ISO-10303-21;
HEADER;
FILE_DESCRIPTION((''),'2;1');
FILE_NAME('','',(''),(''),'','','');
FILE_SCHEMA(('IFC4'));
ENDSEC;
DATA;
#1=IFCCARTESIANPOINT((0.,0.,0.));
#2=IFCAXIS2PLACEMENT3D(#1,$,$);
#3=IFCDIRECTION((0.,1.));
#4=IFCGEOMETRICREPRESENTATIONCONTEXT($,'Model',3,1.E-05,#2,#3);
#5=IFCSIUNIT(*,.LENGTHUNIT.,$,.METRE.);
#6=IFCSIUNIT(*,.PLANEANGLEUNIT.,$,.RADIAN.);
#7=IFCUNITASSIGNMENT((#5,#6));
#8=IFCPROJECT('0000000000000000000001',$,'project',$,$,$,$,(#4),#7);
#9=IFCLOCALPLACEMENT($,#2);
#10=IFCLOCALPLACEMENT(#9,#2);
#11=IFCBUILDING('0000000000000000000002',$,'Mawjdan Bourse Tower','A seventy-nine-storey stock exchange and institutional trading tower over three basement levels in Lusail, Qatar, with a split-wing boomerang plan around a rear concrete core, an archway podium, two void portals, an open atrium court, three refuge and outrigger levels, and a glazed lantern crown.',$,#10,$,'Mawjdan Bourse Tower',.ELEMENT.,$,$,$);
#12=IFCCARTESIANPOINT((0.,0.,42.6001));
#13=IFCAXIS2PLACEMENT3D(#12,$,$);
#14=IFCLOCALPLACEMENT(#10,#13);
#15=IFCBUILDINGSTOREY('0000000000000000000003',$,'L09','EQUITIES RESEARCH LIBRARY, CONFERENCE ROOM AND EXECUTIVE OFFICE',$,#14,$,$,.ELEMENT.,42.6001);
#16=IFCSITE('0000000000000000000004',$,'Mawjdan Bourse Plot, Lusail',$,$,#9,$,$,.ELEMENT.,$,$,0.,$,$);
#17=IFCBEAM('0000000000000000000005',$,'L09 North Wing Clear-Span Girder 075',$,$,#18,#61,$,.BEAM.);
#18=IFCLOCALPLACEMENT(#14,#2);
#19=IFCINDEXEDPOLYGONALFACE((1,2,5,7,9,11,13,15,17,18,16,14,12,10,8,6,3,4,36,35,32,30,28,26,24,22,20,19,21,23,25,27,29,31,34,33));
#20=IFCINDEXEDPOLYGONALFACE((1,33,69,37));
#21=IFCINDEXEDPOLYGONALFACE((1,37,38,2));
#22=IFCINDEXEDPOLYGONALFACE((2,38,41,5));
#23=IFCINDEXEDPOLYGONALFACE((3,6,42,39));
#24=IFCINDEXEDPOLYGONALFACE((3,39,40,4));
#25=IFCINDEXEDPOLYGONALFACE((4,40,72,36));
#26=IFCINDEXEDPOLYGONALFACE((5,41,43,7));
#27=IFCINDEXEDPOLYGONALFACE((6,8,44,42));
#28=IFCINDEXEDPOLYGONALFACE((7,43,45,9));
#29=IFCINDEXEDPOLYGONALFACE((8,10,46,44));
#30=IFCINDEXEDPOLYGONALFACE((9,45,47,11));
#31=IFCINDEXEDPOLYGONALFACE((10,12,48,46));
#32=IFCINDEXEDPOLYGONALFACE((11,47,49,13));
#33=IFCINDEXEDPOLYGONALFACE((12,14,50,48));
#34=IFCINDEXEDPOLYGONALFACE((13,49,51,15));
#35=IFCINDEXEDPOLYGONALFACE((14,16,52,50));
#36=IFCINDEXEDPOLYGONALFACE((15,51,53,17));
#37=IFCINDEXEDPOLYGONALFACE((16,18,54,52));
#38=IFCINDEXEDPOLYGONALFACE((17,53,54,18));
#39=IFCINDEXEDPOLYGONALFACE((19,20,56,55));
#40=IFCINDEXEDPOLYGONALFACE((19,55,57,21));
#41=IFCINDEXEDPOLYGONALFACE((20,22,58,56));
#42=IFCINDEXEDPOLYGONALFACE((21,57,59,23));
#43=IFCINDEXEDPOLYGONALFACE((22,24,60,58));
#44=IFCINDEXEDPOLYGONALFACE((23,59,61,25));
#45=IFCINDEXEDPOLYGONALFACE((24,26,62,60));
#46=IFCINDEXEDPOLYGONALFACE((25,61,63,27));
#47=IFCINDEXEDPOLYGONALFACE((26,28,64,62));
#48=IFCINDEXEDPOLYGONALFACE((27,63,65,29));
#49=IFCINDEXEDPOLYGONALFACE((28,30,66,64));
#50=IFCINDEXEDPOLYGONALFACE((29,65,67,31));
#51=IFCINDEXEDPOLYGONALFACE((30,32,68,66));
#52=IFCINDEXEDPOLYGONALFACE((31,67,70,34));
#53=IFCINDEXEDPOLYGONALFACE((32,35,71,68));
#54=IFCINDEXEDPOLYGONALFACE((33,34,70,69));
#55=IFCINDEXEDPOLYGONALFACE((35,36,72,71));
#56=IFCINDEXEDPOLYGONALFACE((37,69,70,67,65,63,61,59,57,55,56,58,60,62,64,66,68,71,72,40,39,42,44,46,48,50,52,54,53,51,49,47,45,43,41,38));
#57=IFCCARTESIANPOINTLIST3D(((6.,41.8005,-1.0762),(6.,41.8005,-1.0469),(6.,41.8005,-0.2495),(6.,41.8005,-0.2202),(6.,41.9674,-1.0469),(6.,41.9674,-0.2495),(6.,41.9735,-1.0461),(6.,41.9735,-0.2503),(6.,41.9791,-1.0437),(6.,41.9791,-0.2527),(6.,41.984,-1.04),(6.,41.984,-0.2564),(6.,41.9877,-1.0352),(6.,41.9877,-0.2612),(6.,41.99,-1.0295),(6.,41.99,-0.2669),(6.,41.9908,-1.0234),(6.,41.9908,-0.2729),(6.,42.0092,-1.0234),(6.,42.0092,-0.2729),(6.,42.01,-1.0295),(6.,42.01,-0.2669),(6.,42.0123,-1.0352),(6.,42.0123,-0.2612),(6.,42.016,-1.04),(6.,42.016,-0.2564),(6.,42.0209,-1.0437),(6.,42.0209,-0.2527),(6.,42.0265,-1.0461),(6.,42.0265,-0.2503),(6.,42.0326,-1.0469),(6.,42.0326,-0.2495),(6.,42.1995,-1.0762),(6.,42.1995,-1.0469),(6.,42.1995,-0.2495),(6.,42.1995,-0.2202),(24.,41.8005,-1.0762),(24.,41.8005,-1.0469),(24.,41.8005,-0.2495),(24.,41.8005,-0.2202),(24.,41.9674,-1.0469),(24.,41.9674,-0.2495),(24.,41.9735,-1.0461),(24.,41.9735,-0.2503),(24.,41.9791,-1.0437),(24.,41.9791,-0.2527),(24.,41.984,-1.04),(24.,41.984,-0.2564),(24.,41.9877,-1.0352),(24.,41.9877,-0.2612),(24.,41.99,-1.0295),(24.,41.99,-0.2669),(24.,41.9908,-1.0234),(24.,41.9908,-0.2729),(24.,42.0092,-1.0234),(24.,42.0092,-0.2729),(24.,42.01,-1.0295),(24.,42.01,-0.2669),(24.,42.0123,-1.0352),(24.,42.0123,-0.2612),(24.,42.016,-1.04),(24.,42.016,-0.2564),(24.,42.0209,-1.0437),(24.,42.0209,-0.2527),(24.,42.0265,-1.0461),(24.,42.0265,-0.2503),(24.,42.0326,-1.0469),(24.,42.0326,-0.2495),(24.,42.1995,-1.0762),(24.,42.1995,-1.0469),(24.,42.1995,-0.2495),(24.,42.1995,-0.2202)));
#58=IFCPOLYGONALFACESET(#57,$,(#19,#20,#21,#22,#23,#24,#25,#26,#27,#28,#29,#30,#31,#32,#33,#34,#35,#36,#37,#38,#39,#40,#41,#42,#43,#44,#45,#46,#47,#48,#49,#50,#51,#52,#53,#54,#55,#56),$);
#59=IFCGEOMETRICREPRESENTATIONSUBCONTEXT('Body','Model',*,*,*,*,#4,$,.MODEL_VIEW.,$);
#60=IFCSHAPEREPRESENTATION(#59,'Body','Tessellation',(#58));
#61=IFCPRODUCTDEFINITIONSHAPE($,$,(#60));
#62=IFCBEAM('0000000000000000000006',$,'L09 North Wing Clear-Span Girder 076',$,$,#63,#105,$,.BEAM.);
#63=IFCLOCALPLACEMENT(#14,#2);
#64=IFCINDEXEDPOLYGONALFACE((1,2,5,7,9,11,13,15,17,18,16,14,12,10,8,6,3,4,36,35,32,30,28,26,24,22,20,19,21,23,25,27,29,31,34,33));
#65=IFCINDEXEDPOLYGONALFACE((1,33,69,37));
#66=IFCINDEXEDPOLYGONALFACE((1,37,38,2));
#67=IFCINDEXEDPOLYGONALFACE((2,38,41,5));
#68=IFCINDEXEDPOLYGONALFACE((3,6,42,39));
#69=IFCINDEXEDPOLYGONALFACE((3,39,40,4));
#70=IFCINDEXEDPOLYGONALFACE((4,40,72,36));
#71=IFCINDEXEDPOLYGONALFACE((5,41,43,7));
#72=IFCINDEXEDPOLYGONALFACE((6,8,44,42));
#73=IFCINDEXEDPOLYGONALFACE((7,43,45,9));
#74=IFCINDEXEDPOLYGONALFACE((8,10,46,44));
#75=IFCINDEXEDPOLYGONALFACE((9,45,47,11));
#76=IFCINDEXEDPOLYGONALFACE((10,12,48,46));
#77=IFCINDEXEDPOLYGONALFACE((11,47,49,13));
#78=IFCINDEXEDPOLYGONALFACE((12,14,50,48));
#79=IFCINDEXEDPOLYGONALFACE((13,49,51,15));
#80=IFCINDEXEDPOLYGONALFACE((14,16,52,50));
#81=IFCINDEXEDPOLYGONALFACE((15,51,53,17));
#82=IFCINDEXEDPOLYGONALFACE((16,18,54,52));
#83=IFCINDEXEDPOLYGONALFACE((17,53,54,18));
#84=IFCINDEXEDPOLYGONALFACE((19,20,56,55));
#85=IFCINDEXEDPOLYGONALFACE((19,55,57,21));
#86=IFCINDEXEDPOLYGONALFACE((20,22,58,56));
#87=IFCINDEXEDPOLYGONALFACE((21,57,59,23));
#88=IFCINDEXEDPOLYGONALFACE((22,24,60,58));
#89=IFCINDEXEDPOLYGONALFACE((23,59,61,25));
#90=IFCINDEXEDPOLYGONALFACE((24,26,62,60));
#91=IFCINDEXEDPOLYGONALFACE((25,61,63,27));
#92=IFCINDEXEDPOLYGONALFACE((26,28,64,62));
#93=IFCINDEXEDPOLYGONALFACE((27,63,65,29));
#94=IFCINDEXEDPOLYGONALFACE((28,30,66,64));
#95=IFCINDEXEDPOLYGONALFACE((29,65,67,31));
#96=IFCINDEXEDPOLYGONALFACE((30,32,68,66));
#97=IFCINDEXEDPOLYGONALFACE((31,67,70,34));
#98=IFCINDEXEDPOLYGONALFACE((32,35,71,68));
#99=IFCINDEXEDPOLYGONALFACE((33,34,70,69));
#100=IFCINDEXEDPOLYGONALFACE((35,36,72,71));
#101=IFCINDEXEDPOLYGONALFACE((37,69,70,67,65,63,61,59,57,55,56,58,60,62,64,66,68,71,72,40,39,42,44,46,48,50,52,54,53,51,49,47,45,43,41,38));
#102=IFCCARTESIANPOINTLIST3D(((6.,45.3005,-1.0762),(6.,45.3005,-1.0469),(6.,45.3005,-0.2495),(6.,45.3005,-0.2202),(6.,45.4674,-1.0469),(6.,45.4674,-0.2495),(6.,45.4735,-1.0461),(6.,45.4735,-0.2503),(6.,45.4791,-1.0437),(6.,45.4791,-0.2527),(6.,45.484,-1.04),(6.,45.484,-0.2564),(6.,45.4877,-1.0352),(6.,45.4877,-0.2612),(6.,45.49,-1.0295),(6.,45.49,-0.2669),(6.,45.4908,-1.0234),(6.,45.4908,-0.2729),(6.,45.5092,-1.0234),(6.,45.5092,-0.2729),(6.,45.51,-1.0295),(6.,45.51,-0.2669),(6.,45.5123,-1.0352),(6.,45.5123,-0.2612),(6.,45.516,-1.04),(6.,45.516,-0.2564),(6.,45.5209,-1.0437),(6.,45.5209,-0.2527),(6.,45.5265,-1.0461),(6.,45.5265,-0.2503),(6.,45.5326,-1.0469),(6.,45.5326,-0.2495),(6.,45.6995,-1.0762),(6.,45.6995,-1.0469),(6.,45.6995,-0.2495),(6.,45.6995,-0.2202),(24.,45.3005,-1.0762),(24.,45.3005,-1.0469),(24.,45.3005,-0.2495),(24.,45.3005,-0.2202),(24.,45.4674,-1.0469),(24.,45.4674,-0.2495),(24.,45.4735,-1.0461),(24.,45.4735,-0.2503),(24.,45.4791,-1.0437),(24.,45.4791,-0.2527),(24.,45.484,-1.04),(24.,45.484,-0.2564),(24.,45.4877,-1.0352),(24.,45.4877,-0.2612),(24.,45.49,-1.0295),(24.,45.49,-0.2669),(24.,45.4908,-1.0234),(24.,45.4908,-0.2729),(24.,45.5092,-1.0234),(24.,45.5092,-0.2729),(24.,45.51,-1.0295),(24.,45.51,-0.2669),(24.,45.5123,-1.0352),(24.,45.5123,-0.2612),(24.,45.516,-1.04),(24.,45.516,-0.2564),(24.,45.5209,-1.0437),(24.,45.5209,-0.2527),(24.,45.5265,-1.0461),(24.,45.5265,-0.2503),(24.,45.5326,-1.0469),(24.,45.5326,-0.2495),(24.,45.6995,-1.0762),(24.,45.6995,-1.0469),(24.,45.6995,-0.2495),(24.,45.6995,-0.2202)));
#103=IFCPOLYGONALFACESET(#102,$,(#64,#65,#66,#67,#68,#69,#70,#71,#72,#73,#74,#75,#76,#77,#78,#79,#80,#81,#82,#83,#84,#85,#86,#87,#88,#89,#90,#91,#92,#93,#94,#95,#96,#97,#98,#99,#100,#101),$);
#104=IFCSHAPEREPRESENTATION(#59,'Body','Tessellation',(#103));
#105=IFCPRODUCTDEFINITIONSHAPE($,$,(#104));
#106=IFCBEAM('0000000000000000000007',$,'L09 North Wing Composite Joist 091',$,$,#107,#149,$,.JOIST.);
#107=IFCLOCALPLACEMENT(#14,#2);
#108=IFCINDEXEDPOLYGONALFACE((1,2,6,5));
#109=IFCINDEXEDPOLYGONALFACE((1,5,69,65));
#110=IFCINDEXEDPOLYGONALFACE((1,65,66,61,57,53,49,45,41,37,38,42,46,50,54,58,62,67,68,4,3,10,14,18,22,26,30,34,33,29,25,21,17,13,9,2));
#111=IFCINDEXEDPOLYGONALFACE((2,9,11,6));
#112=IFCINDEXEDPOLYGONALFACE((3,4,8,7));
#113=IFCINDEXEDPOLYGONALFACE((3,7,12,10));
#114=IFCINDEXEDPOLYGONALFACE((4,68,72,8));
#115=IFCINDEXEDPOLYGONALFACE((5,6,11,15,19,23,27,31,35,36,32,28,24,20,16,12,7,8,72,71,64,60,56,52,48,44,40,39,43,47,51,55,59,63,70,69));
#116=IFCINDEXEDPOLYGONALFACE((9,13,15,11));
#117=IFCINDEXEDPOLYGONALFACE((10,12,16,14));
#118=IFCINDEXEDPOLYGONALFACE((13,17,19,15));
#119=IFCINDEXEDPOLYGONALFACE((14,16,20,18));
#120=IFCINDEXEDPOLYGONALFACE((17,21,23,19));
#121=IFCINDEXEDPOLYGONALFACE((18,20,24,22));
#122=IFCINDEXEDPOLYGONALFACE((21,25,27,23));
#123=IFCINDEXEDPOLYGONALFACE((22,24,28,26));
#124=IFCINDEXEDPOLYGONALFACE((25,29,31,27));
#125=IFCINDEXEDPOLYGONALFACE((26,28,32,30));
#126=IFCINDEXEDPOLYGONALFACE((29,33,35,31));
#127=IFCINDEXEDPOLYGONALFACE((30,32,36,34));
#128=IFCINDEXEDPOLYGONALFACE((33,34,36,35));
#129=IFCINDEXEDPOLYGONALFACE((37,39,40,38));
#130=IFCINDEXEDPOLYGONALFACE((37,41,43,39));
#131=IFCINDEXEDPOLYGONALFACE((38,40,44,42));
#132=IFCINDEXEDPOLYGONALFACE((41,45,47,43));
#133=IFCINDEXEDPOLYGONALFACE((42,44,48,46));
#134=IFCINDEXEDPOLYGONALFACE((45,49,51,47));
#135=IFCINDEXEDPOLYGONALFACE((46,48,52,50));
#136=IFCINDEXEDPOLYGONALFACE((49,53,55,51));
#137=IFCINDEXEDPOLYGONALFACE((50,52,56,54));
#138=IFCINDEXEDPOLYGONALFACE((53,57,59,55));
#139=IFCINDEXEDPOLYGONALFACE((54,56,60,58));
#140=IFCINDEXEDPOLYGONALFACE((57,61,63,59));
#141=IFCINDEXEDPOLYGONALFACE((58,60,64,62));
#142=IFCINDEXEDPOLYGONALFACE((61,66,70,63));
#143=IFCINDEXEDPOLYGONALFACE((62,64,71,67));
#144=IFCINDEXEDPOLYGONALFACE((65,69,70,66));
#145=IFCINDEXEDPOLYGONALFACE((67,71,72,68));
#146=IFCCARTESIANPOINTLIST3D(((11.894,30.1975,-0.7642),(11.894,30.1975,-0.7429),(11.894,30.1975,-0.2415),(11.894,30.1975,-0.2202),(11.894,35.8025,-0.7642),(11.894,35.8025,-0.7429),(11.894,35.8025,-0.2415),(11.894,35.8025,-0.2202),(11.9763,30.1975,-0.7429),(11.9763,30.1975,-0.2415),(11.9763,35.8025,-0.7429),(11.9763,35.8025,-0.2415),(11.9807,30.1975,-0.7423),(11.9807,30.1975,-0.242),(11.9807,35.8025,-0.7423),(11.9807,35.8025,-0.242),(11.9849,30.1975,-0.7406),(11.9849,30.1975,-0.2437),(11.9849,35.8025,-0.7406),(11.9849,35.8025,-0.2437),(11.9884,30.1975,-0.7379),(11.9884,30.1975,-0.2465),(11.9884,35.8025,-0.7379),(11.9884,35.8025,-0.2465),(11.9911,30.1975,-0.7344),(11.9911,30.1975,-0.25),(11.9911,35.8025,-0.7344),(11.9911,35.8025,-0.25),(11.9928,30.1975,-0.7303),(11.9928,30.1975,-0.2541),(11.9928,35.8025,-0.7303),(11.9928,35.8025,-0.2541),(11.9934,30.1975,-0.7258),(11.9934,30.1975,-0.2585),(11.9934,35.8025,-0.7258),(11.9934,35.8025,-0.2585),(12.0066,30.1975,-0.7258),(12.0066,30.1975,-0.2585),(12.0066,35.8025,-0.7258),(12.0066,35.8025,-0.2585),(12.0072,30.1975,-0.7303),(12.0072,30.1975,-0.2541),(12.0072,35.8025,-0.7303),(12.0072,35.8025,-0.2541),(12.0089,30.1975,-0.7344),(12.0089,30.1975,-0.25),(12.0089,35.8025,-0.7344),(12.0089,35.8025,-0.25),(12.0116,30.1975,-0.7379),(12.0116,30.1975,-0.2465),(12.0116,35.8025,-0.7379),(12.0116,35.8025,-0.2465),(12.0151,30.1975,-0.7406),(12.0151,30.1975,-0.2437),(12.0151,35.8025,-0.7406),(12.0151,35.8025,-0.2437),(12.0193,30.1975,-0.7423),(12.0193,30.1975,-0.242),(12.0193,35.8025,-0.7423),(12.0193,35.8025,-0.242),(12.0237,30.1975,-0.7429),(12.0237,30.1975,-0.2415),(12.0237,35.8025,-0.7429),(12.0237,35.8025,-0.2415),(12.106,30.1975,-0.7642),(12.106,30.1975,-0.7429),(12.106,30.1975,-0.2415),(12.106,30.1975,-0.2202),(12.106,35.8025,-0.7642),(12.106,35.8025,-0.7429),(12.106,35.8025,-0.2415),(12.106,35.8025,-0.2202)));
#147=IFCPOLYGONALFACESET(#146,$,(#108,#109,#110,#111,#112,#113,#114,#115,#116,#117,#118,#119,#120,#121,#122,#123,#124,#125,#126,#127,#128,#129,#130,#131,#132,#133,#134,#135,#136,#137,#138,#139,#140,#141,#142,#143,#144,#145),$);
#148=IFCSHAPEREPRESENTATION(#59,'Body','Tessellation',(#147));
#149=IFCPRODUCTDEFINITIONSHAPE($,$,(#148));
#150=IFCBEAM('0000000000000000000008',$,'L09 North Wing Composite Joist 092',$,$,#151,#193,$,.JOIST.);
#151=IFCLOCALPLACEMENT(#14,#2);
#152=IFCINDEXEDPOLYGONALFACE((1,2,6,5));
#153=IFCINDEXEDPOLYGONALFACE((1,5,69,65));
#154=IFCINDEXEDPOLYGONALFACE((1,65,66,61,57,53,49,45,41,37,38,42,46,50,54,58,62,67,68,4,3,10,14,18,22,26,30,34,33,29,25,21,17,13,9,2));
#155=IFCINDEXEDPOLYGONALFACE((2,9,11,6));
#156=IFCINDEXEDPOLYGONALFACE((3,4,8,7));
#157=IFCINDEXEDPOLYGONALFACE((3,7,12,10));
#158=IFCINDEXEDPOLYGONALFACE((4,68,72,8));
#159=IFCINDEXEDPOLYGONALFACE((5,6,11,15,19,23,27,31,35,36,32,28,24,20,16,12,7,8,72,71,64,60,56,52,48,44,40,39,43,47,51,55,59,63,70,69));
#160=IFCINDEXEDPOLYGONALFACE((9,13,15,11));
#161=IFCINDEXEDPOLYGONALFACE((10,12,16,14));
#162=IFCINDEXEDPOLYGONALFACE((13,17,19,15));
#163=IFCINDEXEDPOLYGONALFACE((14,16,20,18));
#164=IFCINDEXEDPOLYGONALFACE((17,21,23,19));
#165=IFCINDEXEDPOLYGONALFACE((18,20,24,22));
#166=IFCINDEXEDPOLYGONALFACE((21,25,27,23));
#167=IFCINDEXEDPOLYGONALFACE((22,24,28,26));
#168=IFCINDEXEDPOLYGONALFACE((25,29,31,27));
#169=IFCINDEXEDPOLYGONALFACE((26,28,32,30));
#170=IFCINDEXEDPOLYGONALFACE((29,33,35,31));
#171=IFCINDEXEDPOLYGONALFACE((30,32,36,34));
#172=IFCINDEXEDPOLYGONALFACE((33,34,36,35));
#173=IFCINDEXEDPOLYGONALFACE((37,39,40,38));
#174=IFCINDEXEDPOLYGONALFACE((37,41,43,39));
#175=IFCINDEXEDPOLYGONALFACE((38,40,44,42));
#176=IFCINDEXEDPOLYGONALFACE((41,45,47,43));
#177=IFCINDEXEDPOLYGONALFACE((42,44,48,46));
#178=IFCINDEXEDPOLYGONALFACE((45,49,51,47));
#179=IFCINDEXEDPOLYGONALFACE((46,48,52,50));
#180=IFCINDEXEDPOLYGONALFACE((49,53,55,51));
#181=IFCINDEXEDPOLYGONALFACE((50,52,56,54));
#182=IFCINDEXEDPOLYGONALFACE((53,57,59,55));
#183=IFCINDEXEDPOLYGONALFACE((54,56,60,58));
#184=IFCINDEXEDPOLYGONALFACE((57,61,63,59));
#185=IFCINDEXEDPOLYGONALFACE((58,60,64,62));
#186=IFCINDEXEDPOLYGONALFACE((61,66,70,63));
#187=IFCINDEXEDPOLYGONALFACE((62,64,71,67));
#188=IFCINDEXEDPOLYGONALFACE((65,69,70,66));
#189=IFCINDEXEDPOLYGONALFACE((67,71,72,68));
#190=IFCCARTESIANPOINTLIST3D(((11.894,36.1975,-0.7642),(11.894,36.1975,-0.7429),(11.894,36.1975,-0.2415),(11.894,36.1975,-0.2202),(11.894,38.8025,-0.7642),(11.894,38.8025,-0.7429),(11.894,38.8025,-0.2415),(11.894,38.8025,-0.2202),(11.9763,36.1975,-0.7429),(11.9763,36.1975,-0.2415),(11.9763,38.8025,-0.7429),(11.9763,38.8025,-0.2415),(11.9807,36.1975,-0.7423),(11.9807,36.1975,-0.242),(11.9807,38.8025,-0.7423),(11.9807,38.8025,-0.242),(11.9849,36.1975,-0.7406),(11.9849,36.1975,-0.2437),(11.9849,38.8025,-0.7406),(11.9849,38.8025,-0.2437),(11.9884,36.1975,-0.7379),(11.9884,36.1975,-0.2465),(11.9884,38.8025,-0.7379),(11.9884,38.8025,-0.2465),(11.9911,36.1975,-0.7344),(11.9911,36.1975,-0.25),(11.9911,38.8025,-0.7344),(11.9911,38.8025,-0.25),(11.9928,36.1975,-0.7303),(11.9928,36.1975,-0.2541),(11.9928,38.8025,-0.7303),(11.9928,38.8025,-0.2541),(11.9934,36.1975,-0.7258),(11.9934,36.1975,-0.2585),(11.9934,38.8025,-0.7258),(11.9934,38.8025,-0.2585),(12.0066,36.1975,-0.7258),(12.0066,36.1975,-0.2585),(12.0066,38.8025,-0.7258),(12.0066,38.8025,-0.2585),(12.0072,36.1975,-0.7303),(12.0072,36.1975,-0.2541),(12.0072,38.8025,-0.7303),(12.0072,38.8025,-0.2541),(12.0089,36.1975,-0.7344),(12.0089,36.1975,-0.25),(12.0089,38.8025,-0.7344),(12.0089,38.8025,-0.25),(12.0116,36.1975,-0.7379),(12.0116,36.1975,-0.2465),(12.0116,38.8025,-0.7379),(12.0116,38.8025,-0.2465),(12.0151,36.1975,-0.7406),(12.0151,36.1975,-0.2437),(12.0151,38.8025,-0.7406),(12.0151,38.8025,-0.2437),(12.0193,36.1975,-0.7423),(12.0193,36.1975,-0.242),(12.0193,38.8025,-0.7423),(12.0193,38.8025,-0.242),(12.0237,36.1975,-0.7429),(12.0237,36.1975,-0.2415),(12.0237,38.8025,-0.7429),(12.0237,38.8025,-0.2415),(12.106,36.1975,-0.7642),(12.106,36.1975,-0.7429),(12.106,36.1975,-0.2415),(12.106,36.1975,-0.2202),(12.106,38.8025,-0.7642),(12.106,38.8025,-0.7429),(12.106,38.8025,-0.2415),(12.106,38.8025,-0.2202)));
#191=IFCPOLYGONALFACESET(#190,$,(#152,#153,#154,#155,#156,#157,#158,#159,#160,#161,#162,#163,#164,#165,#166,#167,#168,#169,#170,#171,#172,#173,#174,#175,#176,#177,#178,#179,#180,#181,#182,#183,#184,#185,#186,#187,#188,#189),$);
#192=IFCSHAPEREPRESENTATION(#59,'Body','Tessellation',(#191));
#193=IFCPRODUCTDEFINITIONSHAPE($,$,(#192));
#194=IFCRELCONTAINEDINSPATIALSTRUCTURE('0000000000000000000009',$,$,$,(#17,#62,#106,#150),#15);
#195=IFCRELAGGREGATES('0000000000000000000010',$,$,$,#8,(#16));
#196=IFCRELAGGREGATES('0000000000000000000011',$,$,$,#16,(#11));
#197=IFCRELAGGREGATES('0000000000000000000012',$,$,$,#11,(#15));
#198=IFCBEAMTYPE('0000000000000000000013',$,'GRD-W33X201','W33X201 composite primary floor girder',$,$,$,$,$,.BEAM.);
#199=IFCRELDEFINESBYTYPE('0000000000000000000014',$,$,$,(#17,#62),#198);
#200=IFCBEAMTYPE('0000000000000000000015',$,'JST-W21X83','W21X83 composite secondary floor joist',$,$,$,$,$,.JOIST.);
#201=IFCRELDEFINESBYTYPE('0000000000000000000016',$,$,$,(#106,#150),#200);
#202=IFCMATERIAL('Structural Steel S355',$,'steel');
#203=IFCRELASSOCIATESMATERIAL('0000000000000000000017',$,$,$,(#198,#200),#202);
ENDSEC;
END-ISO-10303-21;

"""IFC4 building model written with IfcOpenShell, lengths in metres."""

from ifc_helpers import new_model, si_unit, direction, frame, origin, origin_2d, place, context, subcontext, project, spatial, i_section, extrude, material, material_profile, profile_set, type_object, element, save


model = new_model("IFC4")

# Units and contexts
model_context = context("Model", 3, precision=1e-05, world=origin(), true_north=direction((0.0, 1.0)))
body_context = subcontext(model_context, "Body", "Model", "MODEL_VIEW")
ifc_project = project(units=[si_unit("LENGTHUNIT", "METRE"), si_unit("PLANEANGLEUNIT", "RADIAN")], contexts=[model_context])

# Site, building, storey
site_placement = place(None, origin())
site = spatial("IfcSite", under=ifc_project, at=site_placement, Name="Mawjdan Bourse Plot, Lusail", CompositionType="ELEMENT", RefElevation=0.0)
building_placement = place(site_placement, origin())
building = spatial("IfcBuilding", under=site, at=building_placement, Name="Mawjdan Bourse Tower", Description="A seventy-nine-storey stock exchange and institutional trading tower over three basement levels in Lusail, Qatar, with a split-wing boomerang plan around a rear concrete core, an archway podium, two void portals, an open atrium court, three refuge and outrigger levels, and a glazed lantern crown.", LongName="Mawjdan Bourse Tower", CompositionType="ELEMENT")
storey_placement = place(building_placement, frame((0.0, 0.0, 42.6001)))
storey = spatial("IfcBuildingStorey", under=building, at=storey_placement, Name="L09", Description="EQUITIES RESEARCH LIBRARY, CONFERENCE ROOM AND EXECUTIVE OFFICE", CompositionType="ELEMENT", Elevation=42.6001)

# Beams
ifc_material_1 = material(Name="Structural Steel S355", Category="steel")
ifc_material_profile_1 = material_profile(ifc_material_1, i_section(OverallWidth=0.3989, OverallDepth=0.856, WebThickness=0.0183, FlangeThickness=0.0293, FilletRadius=0.0234, at=origin_2d()), Name="W33X201")
ifc_profile_set_1 = profile_set([ifc_material_profile_1], Name="Structural Steel S355")
beam_type_1 = type_object("IfcBeamType", Name="GRD-W33X201", Description="W33X201 composite primary floor girder", PredefinedType="BEAM", material=ifc_profile_set_1)
for number, where, z_axis, x_axis, name in (
    (1, (6.0, 42.0, -0.6482), (1.0, 0.0, 0.0), (0.0, 1.0, 0.0), "L09 North Wing Clear-Span Girder 075"),
    (2, (6.0, 45.5, -0.6482), (1.0, 0.0, 0.0), (0.0, 1.0, 0.0), "L09 North Wing Clear-Span Girder 076"),
):
    element("IfcBeam", number, at=place(storey_placement, frame(where, z_axis=z_axis, x_axis=x_axis)), inside=storey, type_object=beam_type_1, Name=name, PredefinedType="BEAM", context=body_context, shape_type="SweptSolid", body=[
        extrude(i_section(OverallWidth=0.3989, OverallDepth=0.856, WebThickness=0.0183, FlangeThickness=0.0293, FilletRadius=0.0234, at=origin_2d()), origin(), (0.0, 0.0, 1.0), 18.0),
    ])
ifc_material_profile_2 = material_profile(ifc_material_1, i_section(OverallWidth=0.2119, OverallDepth=0.5439, WebThickness=0.0132, FlangeThickness=0.0212, FilletRadius=0.0171, at=origin_2d()), Name="W21X83")
ifc_profile_set_2 = profile_set([ifc_material_profile_2], Name="Structural Steel S355")
beam_type_2 = type_object("IfcBeamType", Name="JST-W21X83", Description="W21X83 composite secondary floor joist", PredefinedType="JOIST", material=ifc_profile_set_2)
beam_1_placement = place(storey_placement, frame((12.0, 30.1975, -0.4922), z_axis=(0.0, 1.0, 0.0), x_axis=(-1.0, 0.0, 0.0)))
element("IfcBeam", 3, at=beam_1_placement, inside=storey, type_object=beam_type_2, Name="L09 North Wing Composite Joist 091", PredefinedType="JOIST", context=body_context, shape_type="SweptSolid", body=[
    extrude(i_section(OverallWidth=0.2119, OverallDepth=0.5439, WebThickness=0.0132, FlangeThickness=0.0212, FilletRadius=0.0171, at=origin_2d()), origin(), (0.0, 0.0, 1.0), 5.605),
])
for number, where, z_axis, x_axis, name in (
    (4, (12.0, 36.1975, -0.4922), (0.0, 1.0, 0.0), (-1.0, 0.0, 0.0), "L09 North Wing Composite Joist 092"),
):
    element("IfcBeam", number, at=place(storey_placement, frame(where, z_axis=z_axis, x_axis=x_axis)), inside=storey, type_object=beam_type_2, Name=name, PredefinedType="JOIST", context=body_context, shape_type="SweptSolid", body=[
        extrude(i_section(OverallWidth=0.2119, OverallDepth=0.5439, WebThickness=0.0132, FlangeThickness=0.0212, FilletRadius=0.0171, at=origin_2d()), origin(), (0.0, 0.0, 1.0), 2.605),
    ])

save(model, "model.ifc")
